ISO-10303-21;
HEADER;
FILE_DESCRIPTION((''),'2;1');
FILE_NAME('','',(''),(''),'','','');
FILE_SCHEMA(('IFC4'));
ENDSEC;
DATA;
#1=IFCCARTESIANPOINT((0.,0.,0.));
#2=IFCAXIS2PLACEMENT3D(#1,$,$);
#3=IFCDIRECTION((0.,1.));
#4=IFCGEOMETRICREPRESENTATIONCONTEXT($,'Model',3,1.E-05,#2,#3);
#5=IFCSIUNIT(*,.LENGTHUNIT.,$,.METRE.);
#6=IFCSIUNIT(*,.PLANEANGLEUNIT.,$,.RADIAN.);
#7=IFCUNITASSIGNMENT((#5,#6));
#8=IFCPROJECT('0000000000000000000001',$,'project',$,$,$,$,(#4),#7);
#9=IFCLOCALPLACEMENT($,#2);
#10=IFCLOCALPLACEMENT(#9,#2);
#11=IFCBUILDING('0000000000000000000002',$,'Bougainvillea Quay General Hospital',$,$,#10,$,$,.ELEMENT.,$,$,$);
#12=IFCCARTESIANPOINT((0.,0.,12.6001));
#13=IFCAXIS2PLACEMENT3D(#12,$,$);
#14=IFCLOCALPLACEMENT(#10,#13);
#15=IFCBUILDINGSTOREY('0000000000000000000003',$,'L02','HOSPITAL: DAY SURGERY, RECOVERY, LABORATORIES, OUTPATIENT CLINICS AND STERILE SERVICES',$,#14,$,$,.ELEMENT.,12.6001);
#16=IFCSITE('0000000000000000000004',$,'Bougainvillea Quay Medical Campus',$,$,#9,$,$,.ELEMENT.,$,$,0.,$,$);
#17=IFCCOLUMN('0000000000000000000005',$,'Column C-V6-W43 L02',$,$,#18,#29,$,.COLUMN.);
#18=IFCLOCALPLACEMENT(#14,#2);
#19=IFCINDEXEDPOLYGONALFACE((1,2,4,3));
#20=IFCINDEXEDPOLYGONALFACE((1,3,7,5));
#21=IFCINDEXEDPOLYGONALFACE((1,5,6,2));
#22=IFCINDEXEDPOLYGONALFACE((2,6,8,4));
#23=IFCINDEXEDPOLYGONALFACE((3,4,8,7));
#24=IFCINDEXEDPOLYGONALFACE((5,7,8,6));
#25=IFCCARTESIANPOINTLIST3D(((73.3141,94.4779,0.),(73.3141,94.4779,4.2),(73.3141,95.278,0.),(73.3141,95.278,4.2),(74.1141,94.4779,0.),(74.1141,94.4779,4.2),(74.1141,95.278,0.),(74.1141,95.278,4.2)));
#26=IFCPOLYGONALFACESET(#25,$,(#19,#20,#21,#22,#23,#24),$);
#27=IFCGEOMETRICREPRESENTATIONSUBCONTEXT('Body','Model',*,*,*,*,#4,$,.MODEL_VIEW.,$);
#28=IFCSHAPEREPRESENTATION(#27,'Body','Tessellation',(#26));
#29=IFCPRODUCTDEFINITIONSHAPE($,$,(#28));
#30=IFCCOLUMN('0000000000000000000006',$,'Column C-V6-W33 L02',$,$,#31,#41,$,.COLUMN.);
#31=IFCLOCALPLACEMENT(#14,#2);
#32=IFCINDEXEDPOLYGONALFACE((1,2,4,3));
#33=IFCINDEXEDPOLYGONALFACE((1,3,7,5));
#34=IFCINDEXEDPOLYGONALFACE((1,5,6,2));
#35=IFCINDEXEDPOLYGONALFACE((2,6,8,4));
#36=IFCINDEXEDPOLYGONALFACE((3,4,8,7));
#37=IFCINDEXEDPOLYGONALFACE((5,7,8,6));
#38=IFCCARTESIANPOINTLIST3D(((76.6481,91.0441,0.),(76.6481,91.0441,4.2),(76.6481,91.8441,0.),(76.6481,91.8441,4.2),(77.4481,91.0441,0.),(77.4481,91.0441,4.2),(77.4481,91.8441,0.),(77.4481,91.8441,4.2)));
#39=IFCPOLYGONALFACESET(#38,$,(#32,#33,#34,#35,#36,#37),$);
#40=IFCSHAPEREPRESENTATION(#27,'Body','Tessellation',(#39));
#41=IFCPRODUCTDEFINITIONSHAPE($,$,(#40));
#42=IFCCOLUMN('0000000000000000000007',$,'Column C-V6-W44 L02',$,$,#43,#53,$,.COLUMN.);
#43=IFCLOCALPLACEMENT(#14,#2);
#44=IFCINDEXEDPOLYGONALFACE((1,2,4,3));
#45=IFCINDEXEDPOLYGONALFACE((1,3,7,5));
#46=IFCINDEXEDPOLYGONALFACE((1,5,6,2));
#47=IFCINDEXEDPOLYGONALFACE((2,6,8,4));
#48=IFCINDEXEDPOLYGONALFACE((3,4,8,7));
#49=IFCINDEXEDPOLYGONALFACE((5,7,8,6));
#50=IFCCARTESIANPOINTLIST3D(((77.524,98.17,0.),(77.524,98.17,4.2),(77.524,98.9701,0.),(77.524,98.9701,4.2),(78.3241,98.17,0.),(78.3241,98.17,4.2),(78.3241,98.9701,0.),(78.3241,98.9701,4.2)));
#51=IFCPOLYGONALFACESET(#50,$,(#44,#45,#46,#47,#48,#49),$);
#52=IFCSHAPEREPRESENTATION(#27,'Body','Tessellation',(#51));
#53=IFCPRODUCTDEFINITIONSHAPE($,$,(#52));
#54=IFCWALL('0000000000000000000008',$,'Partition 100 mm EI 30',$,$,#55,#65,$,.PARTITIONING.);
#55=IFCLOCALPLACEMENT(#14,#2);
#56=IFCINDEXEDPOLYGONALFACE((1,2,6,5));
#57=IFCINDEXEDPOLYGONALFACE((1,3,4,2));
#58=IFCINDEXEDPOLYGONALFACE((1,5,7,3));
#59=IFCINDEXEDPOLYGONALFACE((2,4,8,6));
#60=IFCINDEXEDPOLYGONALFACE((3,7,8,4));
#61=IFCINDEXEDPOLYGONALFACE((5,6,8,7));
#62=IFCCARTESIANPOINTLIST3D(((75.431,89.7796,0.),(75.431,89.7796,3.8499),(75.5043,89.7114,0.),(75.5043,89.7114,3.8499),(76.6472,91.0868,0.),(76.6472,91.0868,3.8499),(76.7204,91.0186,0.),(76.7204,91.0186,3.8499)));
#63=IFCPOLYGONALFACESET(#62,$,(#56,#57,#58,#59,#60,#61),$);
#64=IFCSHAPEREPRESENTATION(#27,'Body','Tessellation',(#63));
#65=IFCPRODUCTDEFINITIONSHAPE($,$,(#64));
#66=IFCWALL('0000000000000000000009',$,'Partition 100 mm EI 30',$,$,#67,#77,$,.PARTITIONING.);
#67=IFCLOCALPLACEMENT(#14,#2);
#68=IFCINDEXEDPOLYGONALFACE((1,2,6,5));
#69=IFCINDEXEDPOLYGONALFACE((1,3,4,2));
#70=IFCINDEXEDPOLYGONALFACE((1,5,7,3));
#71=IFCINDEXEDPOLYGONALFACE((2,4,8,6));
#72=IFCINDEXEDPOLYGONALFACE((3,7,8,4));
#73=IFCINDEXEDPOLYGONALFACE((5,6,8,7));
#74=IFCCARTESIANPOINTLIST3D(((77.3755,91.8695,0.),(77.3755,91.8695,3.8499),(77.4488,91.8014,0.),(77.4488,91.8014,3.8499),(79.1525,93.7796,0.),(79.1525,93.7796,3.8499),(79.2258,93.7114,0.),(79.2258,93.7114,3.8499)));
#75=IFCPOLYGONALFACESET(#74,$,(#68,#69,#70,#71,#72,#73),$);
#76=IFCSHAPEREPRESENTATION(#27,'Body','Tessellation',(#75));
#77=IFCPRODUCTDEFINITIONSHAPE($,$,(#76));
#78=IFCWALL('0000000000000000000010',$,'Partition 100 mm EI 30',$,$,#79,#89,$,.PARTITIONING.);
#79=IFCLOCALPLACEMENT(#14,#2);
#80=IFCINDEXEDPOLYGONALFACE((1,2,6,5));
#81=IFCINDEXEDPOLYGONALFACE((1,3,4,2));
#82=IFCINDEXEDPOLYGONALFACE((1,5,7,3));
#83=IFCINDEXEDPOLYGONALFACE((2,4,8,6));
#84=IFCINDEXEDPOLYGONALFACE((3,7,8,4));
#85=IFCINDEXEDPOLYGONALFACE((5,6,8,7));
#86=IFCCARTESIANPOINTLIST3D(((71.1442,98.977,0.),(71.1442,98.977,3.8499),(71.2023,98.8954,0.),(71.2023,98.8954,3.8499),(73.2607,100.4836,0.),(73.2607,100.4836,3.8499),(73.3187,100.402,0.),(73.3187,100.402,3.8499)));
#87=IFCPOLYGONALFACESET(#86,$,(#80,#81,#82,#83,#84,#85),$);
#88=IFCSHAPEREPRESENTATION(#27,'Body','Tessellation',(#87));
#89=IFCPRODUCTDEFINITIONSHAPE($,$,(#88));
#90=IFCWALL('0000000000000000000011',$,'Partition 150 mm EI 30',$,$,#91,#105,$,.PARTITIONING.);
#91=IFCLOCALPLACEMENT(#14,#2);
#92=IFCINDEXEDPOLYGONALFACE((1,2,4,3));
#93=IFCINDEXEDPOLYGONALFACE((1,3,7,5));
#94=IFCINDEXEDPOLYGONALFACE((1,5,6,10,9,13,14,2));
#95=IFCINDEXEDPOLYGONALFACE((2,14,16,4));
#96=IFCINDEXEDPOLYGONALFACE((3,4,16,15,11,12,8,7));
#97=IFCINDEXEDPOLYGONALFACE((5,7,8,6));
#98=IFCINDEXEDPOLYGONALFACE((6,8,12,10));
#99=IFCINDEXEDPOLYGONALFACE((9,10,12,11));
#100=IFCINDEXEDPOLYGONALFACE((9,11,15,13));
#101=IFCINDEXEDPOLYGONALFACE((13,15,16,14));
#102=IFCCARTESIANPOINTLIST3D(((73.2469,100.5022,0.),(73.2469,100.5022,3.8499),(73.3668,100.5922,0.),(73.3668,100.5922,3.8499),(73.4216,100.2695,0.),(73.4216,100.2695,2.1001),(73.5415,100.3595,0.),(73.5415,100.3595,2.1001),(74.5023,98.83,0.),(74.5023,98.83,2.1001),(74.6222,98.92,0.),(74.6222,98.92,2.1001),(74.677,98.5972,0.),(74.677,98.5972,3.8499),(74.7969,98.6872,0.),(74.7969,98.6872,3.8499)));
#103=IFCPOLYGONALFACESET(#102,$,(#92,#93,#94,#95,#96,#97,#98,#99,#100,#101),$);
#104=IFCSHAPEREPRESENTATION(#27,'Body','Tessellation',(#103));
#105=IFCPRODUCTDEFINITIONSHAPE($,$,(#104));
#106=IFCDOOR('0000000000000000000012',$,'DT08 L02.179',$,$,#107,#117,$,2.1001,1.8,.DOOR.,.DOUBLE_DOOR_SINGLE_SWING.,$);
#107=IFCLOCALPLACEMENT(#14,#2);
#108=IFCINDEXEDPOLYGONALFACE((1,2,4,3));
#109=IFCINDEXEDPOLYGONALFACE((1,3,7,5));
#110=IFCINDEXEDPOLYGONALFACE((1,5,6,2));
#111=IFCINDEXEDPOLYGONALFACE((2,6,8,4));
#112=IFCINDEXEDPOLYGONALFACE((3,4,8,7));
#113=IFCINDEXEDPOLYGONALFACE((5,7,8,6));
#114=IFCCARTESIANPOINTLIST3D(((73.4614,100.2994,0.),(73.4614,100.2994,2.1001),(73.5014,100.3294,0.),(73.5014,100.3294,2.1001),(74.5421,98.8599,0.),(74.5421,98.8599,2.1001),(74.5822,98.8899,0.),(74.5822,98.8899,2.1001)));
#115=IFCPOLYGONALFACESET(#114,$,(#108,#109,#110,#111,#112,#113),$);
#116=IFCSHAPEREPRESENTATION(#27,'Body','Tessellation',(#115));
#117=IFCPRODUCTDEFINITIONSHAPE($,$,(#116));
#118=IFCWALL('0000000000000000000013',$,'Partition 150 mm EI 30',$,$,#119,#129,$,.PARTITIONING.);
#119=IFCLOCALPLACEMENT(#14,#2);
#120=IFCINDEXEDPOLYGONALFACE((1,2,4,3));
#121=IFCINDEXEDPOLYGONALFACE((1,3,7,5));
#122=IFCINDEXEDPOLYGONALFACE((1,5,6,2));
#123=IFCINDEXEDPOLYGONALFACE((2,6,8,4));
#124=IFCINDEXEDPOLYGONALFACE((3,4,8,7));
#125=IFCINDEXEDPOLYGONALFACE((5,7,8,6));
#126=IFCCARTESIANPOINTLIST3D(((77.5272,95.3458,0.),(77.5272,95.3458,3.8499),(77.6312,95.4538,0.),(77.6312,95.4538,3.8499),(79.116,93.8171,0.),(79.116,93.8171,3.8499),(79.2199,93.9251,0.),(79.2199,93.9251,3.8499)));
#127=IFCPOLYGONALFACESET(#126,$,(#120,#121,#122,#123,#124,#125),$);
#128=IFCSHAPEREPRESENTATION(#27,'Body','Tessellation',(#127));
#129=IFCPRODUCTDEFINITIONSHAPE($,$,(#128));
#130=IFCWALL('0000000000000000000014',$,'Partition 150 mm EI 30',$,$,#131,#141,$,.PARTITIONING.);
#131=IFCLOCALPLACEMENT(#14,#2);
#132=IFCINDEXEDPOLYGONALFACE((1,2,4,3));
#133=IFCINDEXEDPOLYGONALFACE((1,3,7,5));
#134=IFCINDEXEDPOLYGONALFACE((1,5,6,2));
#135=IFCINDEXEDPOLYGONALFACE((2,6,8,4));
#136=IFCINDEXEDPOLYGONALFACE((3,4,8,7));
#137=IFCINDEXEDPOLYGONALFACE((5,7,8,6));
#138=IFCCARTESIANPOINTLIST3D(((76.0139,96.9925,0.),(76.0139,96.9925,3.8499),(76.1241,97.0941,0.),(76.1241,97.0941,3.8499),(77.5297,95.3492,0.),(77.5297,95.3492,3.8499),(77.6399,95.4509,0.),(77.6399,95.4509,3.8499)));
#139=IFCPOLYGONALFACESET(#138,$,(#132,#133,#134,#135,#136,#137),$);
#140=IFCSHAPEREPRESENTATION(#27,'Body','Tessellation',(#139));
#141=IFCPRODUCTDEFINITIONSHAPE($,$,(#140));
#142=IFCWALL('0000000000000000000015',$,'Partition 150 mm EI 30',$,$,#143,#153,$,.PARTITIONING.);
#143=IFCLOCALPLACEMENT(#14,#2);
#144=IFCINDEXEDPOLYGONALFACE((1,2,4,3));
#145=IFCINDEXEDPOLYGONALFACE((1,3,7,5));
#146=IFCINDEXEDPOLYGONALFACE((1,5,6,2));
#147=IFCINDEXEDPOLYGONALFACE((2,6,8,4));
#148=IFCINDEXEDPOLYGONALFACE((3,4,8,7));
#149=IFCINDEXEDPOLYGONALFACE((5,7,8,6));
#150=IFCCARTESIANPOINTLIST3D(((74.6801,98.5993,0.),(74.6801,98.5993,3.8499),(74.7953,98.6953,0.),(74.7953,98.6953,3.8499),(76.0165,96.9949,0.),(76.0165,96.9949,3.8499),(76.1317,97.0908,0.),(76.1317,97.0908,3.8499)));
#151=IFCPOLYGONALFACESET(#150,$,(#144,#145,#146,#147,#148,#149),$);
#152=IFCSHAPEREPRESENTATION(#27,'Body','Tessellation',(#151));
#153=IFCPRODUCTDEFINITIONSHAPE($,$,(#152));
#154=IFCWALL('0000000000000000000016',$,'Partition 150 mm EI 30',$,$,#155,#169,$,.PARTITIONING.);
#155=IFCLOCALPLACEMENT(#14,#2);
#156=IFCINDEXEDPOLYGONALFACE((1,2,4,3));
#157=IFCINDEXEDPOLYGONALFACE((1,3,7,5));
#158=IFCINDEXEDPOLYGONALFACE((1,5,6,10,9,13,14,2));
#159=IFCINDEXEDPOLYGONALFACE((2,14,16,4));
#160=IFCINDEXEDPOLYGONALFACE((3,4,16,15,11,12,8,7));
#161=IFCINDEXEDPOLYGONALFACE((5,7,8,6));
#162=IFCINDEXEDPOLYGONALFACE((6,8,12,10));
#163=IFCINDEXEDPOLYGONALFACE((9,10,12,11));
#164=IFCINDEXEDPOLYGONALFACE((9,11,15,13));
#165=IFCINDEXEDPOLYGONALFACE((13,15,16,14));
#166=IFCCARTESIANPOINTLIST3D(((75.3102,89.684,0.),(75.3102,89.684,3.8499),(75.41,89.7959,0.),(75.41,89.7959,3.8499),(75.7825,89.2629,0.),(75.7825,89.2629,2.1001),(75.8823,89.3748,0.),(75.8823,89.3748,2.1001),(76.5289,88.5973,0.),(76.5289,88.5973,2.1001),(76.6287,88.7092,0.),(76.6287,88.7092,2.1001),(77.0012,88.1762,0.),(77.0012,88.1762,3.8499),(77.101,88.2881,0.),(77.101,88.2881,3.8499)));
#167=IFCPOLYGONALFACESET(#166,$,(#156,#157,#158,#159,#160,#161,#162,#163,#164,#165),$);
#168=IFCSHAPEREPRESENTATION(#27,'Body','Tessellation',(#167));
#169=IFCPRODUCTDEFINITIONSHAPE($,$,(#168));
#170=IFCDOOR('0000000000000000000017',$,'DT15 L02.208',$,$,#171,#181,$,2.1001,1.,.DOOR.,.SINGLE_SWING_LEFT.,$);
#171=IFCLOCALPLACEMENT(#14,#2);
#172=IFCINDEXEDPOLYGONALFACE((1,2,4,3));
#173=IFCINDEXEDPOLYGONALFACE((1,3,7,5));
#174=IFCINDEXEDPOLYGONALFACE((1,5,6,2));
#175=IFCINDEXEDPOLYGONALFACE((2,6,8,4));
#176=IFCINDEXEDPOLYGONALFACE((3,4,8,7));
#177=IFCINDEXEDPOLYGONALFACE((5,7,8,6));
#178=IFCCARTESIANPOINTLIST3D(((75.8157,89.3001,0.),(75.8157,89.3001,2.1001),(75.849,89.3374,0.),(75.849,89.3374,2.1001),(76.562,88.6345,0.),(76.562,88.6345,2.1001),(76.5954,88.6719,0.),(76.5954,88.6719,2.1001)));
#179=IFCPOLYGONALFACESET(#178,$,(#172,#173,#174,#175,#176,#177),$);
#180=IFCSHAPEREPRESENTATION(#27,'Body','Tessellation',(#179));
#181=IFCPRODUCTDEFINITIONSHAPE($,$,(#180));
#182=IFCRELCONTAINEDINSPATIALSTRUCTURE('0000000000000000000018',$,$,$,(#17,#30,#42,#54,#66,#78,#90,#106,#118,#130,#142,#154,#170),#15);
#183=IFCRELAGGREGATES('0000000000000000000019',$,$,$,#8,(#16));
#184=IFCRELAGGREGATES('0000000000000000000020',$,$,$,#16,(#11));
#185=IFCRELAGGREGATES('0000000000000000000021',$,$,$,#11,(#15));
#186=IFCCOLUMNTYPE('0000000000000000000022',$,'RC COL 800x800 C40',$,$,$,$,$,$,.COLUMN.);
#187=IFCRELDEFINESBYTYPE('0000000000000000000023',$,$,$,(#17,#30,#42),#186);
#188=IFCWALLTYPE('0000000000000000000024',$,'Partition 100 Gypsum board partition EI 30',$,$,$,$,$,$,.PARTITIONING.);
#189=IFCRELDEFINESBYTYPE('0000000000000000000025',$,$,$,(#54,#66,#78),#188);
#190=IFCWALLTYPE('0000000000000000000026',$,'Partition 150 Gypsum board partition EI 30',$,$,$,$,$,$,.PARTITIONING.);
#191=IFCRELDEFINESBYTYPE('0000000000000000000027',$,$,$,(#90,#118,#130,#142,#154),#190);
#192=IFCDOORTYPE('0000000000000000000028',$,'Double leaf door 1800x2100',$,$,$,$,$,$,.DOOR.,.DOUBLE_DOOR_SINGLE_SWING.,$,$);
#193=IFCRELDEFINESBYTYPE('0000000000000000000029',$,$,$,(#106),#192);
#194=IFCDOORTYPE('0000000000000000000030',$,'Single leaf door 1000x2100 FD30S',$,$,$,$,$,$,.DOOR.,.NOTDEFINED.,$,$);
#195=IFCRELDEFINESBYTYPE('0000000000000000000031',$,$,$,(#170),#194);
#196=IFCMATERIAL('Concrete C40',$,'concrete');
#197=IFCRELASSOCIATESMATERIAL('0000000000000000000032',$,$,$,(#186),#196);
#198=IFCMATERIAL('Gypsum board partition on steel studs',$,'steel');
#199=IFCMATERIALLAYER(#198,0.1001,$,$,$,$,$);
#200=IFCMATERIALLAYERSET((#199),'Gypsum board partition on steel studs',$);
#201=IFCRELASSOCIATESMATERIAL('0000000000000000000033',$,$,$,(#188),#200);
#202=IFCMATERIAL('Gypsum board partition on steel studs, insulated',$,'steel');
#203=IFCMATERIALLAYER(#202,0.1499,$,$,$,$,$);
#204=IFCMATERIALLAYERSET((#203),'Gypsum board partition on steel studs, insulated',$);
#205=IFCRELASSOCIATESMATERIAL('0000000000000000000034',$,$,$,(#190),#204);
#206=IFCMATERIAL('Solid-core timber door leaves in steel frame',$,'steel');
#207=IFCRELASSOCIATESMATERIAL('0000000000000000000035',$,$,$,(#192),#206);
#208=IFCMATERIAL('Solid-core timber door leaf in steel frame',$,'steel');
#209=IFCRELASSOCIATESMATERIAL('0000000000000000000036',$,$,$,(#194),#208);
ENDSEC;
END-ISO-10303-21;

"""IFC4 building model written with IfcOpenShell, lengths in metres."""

from ifc_helpers import new_model, si_unit, direction, frame, frame_2d, origin, origin_2d, place, context, subcontext, project, spatial, rectangle, extrude, material, layer, layer_set, material_profile, profile_set, type_object, element, fill, save


model = new_model("IFC4")

# Units and contexts
model_context = context("Model", 3, precision=1e-05, world=origin(), true_north=direction((0.0, 1.0)))
body_context = subcontext(model_context, "Body", "Model", "MODEL_VIEW")
ifc_project = project(units=[si_unit("LENGTHUNIT", "METRE"), si_unit("PLANEANGLEUNIT", "RADIAN")], contexts=[model_context])

# Site, building, storey
site_placement = place(None, origin())
site = spatial("IfcSite", under=ifc_project, at=site_placement, Name="Bougainvillea Quay Medical Campus", CompositionType="ELEMENT", RefElevation=0.0)
building_placement = place(site_placement, origin())
building = spatial("IfcBuilding", under=site, at=building_placement, Name="Bougainvillea Quay General Hospital", CompositionType="ELEMENT")
storey_placement = place(building_placement, frame((0.0, 0.0, 12.6001)))
storey = spatial("IfcBuildingStorey", under=building, at=storey_placement, Name="L02", Description="HOSPITAL: DAY SURGERY, RECOVERY, LABORATORIES, OUTPATIENT CLINICS AND STERILE SERVICES", CompositionType="ELEMENT", Elevation=12.6001)

# Columns
ifc_material_1 = material(Name="Concrete C40", Category="concrete")
ifc_material_profile = material_profile(ifc_material_1, rectangle(XDim=0.8, YDim=0.8, at=origin_2d()))
ifc_profile_set = profile_set([ifc_material_profile], Name="Concrete C40")
column_type = type_object("IfcColumnType", Name="RC COL 800x800 C40", PredefinedType="COLUMN", material=ifc_profile_set)
for number, where, z_axis, x_axis, name in (
    (1, (73.7141, 94.8779, 0.0), (0.0, 0.0, 1.0), (1.0, 0.0, 0.0), "Column C-V6-W43 L02"),
    (2, (77.0481, 91.4441, 0.0), (0.0, 0.0, 1.0), (1.0, 0.0, 0.0), "Column C-V6-W33 L02"),
    (3, (77.9241, 98.5701, 0.0), (0.0, 0.0, 1.0), (1.0, 0.0, 0.0), "Column C-V6-W44 L02"),
):
    element("IfcColumn", number, at=place(storey_placement, frame(where, z_axis=z_axis, x_axis=x_axis)), inside=storey, type_object=column_type, Name=name, PredefinedType="COLUMN", context=body_context, shape_type="SweptSolid", body=[
        extrude(rectangle(XDim=0.8, YDim=0.8, at=origin_2d()), origin(), (0.0, 0.0, 1.0), 4.2),
    ])

# Walls
ifc_material_2 = material(Name="Gypsum board partition on steel studs", Category="steel")
ifc_layer_1 = layer(ifc_material_2, 0.1001)
ifc_layer_set_1 = layer_set([ifc_layer_1], Name="Gypsum board partition on steel studs")
wall_type_1 = type_object("IfcWallType", Name="Partition 100 Gypsum board partition EI 30", PredefinedType="PARTITIONING", material=ifc_layer_set_1)
wall_1_placement = place(storey_placement, frame((75.4678, 89.7456, 0.0), z_axis=(0.0, 0.0, 1.0), x_axis=(0.681143, 0.73215, 0.0)))
element("IfcWall", 4, at=wall_1_placement, inside=storey, type_object=wall_type_1, Name="Partition 100 mm EI 30", PredefinedType="PARTITIONING", context=body_context, shape_type="SweptSolid", body=[
    extrude(rectangle(XDim=1.7854, YDim=0.1001, at=frame_2d((0.8926, 0.0))), origin(), (0.0, 0.0, 1.0), 3.8499),
])
wall_2_placement = place(storey_placement, frame((77.4121, 91.8354, 0.0), z_axis=(0.0, 0.0, 1.0), x_axis=(0.681147, 0.732147, 0.0)))
element("IfcWall", 5, at=wall_2_placement, inside=storey, type_object=wall_type_1, Name="Partition 100 mm EI 30", PredefinedType="PARTITIONING", context=body_context, shape_type="SweptSolid", body=[
    extrude(rectangle(XDim=2.6089, YDim=0.1001, at=frame_2d((1.3044, 0.0))), origin(), (0.0, 0.0, 1.0), 3.8499),
])
wall_3_placement = place(storey_placement, frame((71.1733, 98.9363, 0.0), z_axis=(0.0, 0.0, 1.0), x_axis=(0.814672, 0.579922, 0.0)))
element("IfcWall", 6, at=wall_3_placement, inside=storey, type_object=wall_type_1, Name="Partition 100 mm EI 30", PredefinedType="PARTITIONING", context=body_context, shape_type="SweptSolid", body=[
    extrude(rectangle(XDim=2.5979, YDim=0.1001, at=frame_2d((1.2988, 0.0))), origin(), (0.0, 0.0, 1.0), 3.8499),
])

# Wall, opening, door
ifc_material_3 = material(Name="Gypsum board partition on steel studs, insulated", Category="steel")
ifc_layer_2 = layer(ifc_material_3, 0.1499)
ifc_layer_set_2 = layer_set([ifc_layer_2], Name="Gypsum board partition on steel studs, insulated")
wall_type_2 = type_object("IfcWallType", Name="Partition 150 Gypsum board partition EI 30", PredefinedType="PARTITIONING", material=ifc_layer_set_2)
wall_4_placement = place(storey_placement, frame((73.3069, 100.5471, 0.0), z_axis=(0.0, 0.0, 1.0), x_axis=(0.600377, -0.799717, 0.0)))
wall_4 = element("IfcWall", 7, at=wall_4_placement, inside=storey, type_object=wall_type_2, Name="Partition 150 mm EI 30", PredefinedType="PARTITIONING", context=body_context, shape_type="SweptSolid", body=[
    extrude(rectangle(XDim=2.3821, YDim=0.1499, at=frame_2d((1.1909, 0.0))), origin(), (0.0, 0.0, 1.0), 3.8499),
])
opening_1_placement = place(wall_4_placement, frame((0.291, 0.0, 0.0)))
opening_1 = element("IfcOpeningElement", 8, at=opening_1_placement, cuts=wall_4, PredefinedType="OPENING", context=body_context, shape_type="SweptSolid", body=[
    extrude(rectangle(XDim=1.8, YDim=2.1001, at=frame_2d((0.8999, 1.05))), frame((0.0, 0.085, 0.0), z_axis=(0.0, -1.0, 0.0), x_axis=(1.0, 0.0, 0.0)), (0.0, 0.0, 1.0), 0.1699),
])
ifc_material_4 = material(Name="Solid-core timber door leaves in steel frame", Category="steel")
door_type_1 = type_object("IfcDoorType", Name="Double leaf door 1800x2100", OperationType="DOUBLE_DOOR_SINGLE_SWING", PredefinedType="DOOR", material=ifc_material_4)
door_1_placement = place(opening_1_placement, origin())
door_1 = element("IfcDoor", 9, at=door_1_placement, inside=storey, type_object=door_type_1, Name="DT08 L02.179", OperationType="DOUBLE_DOOR_SINGLE_SWING", OverallHeight=2.1001, OverallWidth=1.8, PredefinedType="DOOR", context=body_context, shape_type="SweptSolid", body=[
    extrude(rectangle(XDim=1.8, YDim=2.1001, at=frame_2d((0.8999, 1.05))), frame((0.0, 0.0249, 0.0), z_axis=(0.0, -1.0, 0.0), x_axis=(1.0, 0.0, 0.0)), (0.0, 0.0, 1.0), 0.05),
])
fill(opening_1, door_1)

# Walls
wall_5_placement = place(storey_placement, frame((77.5791, 95.3999, 0.0), z_axis=(0.0, 0.0, 1.0), x_axis=(0.720595, -0.693357, 0.0)))
element("IfcWall", 10, at=wall_5_placement, inside=storey, type_object=wall_type_2, Name="Partition 150 mm EI 30", PredefinedType="PARTITIONING", context=body_context, shape_type="SweptSolid", body=[
    extrude(rectangle(XDim=2.2048, YDim=0.1499, at=frame_2d((1.1025, 0.0))), origin(), (0.0, 0.0, 1.0), 3.8499),
])
wall_6_placement = place(storey_placement, frame((76.0691, 97.0432, 0.0), z_axis=(0.0, 0.0, 1.0), x_axis=(0.678031, -0.735034, 0.0)))
element("IfcWall", 11, at=wall_6_placement, inside=storey, type_object=wall_type_2, Name="Partition 150 mm EI 30", PredefinedType="PARTITIONING", context=body_context, shape_type="SweptSolid", body=[
    extrude(rectangle(XDim=2.2356, YDim=0.1499, at=frame_2d((1.1177, 0.0))), origin(), (0.0, 0.0, 1.0), 3.8499),
])
wall_7_placement = place(storey_placement, frame((74.7378, 98.6472, 0.0), z_axis=(0.0, 0.0, 1.0), x_axis=(0.64, -0.768375, 0.0)))
element("IfcWall", 12, at=wall_7_placement, inside=storey, type_object=wall_type_2, Name="Partition 150 mm EI 30", PredefinedType="PARTITIONING", context=body_context, shape_type="SweptSolid", body=[
    extrude(rectangle(XDim=2.0881, YDim=0.1499, at=frame_2d((1.0439, 0.0))), origin(), (0.0, 0.0, 1.0), 3.8499),
])

# Wall, opening, door
wall_8_placement = place(storey_placement, frame((75.3601, 89.74, 0.0), z_axis=(0.0, 0.0, 1.0), x_axis=(0.746362, -0.66554, 0.0)))
wall_8 = element("IfcWall", 13, at=wall_8_placement, inside=storey, type_object=wall_type_2, Name="Partition 150 mm EI 30", PredefinedType="PARTITIONING", context=body_context, shape_type="SweptSolid", body=[
    extrude(rectangle(XDim=2.2656, YDim=0.1499, at=frame_2d((1.1328, 0.0))), origin(), (0.0, 0.0, 1.0), 3.8499),
])
opening_2_placement = place(wall_8_placement, frame((0.6328, 0.0, 0.0)))
opening_2 = element("IfcOpeningElement", 14, at=opening_2_placement, cuts=wall_8, PredefinedType="OPENING", context=body_context, shape_type="SweptSolid", body=[
    extrude(rectangle(XDim=1.0, YDim=2.1001, at=frame_2d((0.5, 1.05))), frame((0.0, 0.085, 0.0), z_axis=(0.0, -1.0, 0.0), x_axis=(1.0, 0.0, 0.0)), (0.0, 0.0, 1.0), 0.1699),
])
ifc_material_5 = material(Name="Solid-core timber door leaf in steel frame", Category="steel")
door_type_2 = type_object("IfcDoorType", Name="Single leaf door 1000x2100 FD30S", OperationType="NOTDEFINED", PredefinedType="DOOR", material=ifc_material_5)
door_2_placement = place(opening_2_placement, origin())
door_2 = element("IfcDoor", 15, at=door_2_placement, inside=storey, type_object=door_type_2, Name="DT15 L02.208", OperationType="SINGLE_SWING_LEFT", OverallHeight=2.1001, OverallWidth=1.0, PredefinedType="DOOR", context=body_context, shape_type="SweptSolid", body=[
    extrude(rectangle(XDim=1.0, YDim=2.1001, at=frame_2d((0.5, 1.05))), frame((0.0, 0.0249, 0.0), z_axis=(0.0, -1.0, 0.0), x_axis=(1.0, 0.0, 0.0)), (0.0, 0.0, 1.0), 0.05),
])
fill(opening_2, door_2)

save(model, "model.ifc")
